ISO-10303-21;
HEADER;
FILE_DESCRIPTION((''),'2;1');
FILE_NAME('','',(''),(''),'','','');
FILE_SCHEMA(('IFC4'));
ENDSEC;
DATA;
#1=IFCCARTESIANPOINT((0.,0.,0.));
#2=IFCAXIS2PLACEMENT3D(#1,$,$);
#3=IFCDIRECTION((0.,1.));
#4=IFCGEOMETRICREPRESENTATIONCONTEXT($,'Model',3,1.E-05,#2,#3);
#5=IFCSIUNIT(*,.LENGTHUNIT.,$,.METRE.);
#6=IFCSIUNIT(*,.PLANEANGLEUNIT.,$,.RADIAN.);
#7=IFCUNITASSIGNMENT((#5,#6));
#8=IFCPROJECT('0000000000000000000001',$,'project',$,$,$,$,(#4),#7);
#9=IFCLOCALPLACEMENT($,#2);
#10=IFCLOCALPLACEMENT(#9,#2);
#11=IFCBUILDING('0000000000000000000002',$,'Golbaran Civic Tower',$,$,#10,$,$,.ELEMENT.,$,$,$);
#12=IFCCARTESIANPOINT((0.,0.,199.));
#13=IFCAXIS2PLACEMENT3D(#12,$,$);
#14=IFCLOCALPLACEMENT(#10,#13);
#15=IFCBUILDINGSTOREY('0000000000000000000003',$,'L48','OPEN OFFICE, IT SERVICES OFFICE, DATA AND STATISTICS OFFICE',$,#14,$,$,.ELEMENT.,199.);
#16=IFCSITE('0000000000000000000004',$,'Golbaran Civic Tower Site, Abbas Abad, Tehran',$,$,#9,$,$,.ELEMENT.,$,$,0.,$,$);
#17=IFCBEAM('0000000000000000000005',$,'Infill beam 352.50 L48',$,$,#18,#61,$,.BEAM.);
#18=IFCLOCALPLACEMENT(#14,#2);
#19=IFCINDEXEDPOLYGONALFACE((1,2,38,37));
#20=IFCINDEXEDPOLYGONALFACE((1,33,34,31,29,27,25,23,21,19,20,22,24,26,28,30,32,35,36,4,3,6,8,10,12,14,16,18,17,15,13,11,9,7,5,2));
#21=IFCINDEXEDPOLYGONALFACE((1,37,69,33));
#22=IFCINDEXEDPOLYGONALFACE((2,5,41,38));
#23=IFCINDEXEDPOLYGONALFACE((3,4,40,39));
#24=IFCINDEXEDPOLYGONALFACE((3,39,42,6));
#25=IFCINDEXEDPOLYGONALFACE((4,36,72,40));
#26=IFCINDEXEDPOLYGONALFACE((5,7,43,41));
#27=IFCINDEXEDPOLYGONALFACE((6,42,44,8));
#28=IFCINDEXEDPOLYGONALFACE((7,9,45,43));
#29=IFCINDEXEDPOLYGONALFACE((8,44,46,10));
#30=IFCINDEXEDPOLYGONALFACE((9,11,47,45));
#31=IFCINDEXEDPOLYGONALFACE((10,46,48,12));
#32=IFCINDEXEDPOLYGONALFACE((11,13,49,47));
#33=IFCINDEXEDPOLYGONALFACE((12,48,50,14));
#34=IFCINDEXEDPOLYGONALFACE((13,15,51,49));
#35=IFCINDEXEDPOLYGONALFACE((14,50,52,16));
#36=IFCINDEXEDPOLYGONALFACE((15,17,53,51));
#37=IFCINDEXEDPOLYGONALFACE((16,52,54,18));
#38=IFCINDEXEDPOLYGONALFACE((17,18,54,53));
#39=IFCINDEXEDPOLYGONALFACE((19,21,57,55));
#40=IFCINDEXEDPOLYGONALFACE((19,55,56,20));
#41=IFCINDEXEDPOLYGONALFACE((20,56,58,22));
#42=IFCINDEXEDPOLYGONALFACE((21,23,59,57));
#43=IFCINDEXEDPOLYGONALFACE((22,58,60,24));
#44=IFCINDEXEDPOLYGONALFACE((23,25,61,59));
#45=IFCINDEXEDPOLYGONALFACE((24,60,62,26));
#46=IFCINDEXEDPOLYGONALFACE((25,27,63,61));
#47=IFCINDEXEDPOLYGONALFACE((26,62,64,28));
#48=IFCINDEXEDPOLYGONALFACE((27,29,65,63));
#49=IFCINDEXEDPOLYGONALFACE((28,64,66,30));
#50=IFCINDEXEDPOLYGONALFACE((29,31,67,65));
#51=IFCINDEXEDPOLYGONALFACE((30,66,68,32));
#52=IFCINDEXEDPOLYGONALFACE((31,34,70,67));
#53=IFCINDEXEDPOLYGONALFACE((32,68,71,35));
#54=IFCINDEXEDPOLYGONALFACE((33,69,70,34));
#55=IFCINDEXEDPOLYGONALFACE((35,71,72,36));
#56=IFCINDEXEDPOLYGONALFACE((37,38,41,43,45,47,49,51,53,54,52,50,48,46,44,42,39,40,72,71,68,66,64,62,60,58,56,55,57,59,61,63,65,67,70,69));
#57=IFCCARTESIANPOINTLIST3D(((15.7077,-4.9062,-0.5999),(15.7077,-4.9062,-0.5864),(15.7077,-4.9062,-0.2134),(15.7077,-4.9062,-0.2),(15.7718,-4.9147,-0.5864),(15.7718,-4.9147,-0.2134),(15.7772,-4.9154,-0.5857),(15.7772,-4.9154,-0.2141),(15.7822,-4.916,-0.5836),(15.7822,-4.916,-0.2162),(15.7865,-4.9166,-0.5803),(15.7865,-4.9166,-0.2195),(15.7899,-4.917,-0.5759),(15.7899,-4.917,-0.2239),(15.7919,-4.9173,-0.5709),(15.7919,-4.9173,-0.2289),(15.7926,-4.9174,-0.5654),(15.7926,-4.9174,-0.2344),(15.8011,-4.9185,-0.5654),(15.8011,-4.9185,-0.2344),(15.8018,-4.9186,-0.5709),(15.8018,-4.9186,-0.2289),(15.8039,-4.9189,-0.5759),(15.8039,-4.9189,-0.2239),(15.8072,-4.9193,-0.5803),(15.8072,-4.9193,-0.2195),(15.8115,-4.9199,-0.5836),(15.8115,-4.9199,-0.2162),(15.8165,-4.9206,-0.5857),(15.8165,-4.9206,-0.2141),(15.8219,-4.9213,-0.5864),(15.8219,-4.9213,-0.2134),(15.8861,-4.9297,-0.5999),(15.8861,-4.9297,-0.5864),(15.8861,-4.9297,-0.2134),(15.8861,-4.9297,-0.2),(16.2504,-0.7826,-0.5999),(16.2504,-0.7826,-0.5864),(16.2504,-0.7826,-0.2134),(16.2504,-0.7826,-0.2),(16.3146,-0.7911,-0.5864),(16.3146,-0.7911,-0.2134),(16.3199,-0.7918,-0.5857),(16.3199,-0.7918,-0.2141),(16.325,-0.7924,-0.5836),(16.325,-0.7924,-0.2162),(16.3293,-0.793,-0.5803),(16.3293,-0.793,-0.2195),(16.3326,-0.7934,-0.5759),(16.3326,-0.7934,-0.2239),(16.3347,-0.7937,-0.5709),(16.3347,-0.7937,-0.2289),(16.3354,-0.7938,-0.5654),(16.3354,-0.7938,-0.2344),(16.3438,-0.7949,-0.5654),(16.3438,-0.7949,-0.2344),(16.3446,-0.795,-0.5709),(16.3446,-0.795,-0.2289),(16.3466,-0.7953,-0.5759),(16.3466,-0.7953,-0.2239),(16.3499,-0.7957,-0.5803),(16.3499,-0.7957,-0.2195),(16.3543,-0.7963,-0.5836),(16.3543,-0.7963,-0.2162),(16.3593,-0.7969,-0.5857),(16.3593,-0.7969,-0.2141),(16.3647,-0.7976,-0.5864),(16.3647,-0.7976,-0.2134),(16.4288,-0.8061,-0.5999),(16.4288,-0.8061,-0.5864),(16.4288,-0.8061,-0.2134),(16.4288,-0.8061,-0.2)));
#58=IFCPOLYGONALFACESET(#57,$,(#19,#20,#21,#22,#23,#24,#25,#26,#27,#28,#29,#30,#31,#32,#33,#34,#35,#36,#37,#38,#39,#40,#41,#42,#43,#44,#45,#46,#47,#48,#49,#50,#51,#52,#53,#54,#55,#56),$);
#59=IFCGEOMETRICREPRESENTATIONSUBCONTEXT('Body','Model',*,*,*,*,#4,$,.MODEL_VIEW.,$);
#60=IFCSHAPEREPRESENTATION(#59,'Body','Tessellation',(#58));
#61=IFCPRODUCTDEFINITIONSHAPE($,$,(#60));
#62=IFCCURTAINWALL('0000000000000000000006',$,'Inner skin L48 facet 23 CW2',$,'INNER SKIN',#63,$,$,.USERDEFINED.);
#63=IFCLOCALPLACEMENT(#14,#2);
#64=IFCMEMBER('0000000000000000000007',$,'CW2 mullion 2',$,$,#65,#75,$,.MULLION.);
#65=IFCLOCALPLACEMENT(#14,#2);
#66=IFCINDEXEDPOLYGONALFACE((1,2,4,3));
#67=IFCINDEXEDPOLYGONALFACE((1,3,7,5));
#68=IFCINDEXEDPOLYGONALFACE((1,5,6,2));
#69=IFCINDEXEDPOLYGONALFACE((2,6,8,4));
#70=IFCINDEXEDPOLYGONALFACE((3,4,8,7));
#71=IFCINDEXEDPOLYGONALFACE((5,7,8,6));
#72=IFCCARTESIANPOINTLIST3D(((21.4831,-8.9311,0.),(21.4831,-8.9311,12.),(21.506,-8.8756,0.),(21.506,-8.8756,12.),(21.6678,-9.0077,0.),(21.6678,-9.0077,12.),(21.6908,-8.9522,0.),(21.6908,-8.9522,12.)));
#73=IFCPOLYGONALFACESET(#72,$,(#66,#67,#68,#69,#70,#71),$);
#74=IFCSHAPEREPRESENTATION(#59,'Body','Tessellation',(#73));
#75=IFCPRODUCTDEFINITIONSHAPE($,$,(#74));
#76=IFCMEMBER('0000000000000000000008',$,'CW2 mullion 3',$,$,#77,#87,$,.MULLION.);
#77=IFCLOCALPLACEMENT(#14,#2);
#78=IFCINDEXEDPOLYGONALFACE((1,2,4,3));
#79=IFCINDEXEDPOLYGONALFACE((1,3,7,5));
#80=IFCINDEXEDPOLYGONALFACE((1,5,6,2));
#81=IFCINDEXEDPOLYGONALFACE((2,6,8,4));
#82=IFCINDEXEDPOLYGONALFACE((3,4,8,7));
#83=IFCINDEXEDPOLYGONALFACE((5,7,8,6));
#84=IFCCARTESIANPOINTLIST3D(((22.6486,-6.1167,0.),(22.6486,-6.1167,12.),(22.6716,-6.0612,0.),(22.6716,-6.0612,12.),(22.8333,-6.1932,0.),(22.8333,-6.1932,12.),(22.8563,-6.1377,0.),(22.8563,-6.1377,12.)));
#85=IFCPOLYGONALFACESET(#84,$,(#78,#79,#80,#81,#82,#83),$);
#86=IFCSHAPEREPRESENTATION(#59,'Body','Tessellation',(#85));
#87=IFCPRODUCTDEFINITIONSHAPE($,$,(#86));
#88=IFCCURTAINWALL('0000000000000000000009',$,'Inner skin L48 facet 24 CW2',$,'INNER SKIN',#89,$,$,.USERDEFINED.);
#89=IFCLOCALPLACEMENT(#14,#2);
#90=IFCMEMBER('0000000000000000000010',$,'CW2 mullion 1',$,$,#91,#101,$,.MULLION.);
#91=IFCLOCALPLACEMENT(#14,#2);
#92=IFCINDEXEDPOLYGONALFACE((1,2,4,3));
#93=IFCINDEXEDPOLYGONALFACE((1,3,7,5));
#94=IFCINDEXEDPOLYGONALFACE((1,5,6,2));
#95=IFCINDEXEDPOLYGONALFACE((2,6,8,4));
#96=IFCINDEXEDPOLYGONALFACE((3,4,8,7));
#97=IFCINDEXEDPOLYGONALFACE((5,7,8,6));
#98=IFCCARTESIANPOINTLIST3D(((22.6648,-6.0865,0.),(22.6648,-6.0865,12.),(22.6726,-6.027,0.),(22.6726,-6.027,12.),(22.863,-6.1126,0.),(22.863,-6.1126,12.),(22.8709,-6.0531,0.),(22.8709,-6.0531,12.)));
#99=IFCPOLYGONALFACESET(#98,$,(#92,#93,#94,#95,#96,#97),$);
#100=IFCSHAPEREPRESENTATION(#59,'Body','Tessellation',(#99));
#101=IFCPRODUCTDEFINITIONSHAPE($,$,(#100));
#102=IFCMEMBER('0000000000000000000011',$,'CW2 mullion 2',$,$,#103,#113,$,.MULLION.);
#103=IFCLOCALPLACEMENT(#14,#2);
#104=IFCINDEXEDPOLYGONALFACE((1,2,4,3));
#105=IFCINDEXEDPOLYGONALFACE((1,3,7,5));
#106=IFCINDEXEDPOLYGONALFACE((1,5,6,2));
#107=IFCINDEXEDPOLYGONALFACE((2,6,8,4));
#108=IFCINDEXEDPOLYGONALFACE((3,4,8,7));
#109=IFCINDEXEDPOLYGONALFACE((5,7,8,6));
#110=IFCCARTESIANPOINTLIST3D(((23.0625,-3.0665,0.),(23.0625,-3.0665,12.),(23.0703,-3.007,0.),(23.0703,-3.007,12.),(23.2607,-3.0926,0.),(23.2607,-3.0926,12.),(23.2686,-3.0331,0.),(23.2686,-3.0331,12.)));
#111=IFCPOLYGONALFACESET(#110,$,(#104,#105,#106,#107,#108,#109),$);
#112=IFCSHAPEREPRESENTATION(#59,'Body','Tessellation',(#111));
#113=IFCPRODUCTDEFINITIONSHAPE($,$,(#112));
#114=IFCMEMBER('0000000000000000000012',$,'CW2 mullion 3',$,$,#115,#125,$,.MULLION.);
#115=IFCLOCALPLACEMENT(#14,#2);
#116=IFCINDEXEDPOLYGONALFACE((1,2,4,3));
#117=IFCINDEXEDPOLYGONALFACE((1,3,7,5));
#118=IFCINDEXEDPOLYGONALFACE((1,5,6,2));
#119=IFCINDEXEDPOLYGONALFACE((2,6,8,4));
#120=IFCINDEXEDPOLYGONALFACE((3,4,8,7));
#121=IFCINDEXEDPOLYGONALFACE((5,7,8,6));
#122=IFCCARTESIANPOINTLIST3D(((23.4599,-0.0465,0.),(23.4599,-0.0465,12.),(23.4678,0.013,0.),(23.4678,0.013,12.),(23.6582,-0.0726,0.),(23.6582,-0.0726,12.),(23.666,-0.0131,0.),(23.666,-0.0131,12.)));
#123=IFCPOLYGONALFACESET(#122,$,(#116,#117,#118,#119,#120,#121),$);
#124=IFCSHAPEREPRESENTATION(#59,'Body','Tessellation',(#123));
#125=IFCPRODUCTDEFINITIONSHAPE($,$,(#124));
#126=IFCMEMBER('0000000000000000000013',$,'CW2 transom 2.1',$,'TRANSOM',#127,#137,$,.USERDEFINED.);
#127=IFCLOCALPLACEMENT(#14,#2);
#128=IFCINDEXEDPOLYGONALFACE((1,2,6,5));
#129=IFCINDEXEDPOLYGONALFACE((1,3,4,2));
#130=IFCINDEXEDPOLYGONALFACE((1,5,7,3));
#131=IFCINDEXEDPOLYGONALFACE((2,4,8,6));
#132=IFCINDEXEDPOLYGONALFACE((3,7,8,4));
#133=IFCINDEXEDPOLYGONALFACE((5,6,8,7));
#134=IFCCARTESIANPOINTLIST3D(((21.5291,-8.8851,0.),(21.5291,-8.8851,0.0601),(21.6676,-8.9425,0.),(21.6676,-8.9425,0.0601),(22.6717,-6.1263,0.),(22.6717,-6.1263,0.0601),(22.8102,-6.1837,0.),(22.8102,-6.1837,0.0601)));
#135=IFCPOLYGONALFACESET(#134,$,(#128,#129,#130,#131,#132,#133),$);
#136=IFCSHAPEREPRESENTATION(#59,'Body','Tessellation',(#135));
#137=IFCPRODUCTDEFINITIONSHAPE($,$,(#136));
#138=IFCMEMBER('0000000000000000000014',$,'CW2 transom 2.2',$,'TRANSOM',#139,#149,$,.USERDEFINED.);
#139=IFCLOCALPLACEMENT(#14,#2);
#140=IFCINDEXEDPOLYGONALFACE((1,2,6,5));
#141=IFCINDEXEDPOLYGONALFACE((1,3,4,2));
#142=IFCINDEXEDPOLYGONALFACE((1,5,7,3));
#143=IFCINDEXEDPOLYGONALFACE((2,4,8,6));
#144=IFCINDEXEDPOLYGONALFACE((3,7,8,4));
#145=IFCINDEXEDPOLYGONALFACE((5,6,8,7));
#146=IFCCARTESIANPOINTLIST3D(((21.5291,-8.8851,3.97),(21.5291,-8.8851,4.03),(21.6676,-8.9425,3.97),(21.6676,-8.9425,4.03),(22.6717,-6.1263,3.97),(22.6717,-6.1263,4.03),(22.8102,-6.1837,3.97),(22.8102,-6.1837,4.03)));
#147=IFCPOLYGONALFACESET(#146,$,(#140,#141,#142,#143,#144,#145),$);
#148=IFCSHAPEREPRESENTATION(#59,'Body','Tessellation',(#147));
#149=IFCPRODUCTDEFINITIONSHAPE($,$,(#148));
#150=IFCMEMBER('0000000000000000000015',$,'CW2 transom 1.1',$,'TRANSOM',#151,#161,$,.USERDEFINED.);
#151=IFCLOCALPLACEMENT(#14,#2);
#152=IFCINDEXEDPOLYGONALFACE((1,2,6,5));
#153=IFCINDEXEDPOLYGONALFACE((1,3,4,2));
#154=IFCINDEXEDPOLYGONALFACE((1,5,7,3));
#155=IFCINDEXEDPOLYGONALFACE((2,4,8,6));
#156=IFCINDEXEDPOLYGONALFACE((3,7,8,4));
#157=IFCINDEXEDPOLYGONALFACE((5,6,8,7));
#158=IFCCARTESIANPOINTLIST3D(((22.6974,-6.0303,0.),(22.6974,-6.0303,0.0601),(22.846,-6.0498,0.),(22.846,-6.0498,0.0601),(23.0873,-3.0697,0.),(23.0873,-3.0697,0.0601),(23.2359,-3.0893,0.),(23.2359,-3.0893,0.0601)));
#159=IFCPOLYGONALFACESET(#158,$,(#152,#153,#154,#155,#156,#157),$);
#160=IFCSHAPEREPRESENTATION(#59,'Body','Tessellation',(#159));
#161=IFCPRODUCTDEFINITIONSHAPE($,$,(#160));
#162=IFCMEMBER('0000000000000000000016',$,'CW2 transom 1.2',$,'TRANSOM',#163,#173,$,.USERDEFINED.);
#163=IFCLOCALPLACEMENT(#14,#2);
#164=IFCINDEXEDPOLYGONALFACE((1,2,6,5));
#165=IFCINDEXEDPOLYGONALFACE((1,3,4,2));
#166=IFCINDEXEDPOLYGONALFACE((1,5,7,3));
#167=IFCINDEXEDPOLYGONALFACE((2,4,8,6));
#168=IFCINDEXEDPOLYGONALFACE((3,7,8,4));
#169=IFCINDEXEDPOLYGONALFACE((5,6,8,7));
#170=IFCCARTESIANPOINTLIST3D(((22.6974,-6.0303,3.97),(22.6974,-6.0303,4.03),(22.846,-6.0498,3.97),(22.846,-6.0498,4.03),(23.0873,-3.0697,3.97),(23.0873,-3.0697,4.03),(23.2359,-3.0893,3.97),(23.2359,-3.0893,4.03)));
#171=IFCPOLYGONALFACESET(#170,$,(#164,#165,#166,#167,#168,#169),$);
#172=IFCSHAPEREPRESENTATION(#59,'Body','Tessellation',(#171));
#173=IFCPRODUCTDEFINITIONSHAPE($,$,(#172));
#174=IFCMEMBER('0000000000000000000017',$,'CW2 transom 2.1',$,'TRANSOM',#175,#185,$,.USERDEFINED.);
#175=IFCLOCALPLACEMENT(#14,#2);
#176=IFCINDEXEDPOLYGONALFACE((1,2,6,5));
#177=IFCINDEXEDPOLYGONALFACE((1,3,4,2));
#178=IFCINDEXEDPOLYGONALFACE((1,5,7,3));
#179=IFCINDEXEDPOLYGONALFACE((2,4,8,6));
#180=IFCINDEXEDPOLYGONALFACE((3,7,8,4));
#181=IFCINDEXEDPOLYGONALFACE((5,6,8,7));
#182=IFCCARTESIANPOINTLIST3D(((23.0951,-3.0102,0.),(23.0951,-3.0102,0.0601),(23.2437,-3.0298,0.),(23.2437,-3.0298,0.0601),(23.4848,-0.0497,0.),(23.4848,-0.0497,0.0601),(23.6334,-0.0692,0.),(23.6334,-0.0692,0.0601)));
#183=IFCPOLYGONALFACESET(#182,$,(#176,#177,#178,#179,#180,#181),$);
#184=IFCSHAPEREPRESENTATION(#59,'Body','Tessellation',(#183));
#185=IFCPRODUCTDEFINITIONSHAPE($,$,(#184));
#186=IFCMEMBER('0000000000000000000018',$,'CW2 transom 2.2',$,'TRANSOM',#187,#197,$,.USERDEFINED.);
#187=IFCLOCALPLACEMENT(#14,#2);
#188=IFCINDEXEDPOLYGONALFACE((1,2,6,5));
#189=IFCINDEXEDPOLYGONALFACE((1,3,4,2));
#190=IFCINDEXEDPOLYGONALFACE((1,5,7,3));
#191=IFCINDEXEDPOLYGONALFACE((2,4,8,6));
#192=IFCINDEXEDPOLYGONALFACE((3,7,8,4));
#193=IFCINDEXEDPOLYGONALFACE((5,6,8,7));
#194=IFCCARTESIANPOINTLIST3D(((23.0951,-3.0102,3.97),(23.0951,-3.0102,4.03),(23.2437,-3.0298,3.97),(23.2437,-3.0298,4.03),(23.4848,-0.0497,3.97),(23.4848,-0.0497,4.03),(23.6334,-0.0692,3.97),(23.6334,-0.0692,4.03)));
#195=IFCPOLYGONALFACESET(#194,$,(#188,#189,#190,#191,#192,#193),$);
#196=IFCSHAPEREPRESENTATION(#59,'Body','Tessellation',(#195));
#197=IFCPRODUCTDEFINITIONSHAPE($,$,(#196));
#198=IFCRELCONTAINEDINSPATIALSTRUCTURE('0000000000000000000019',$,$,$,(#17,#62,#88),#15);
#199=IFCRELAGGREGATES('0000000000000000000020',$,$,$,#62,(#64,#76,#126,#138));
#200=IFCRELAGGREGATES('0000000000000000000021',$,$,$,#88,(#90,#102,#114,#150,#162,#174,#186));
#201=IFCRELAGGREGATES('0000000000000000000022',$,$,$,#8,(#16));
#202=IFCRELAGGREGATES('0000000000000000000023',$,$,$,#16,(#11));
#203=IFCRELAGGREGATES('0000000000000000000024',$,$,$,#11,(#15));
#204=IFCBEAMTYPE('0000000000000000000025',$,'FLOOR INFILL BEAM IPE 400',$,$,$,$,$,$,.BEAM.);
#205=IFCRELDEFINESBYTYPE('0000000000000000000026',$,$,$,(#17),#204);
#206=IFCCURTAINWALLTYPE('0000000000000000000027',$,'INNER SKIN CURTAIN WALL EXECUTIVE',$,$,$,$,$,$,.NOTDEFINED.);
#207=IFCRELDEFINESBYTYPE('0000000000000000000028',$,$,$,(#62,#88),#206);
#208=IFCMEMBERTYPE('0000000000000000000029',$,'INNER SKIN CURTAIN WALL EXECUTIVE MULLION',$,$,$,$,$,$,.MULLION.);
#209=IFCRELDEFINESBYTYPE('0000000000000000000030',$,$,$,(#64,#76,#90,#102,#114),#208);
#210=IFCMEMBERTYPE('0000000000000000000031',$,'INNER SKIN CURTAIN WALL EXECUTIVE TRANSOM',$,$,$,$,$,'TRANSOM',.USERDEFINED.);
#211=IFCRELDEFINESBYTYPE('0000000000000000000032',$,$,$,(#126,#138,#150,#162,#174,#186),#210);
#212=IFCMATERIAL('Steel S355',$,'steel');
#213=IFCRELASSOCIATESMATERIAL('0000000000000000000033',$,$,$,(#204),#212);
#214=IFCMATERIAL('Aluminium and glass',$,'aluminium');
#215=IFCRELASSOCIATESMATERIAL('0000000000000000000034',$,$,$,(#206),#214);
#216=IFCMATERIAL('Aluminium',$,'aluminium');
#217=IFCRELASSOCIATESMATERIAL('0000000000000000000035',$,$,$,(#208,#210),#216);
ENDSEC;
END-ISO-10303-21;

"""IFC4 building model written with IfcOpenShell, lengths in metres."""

from ifc_helpers import new_model, si_unit, direction, frame, origin, origin_2d, place, context, subcontext, project, spatial, rectangle, i_section, extrude, material, material_profile, profile_set, type_object, element, aggregate, save


model = new_model("IFC4")

# Units and contexts
model_context = context("Model", 3, precision=1e-05, world=origin(), true_north=direction((0.0, 1.0)))
body_context = subcontext(model_context, "Body", "Model", "MODEL_VIEW")
ifc_project = project(units=[si_unit("LENGTHUNIT", "METRE"), si_unit("PLANEANGLEUNIT", "RADIAN")], contexts=[model_context])

# Site, building, storey
site_placement = place(None, origin())
site = spatial("IfcSite", under=ifc_project, at=site_placement, Name="Golbaran Civic Tower Site, Abbas Abad, Tehran", CompositionType="ELEMENT", RefElevation=0.0)
building_placement = place(site_placement, origin())
building = spatial("IfcBuilding", under=site, at=building_placement, Name="Golbaran Civic Tower", CompositionType="ELEMENT")
storey_placement = place(building_placement, frame((0.0, 0.0, 199.0)))
storey = spatial("IfcBuildingStorey", under=building, at=storey_placement, Name="L48", Description="OPEN OFFICE, IT SERVICES OFFICE, DATA AND STATISTICS OFFICE", CompositionType="ELEMENT", Elevation=199.0)

# Shared definitions
ifc_material_1 = material(Name="Steel S355", Category="steel")

# Beam
ifc_material_profile_1 = material_profile(ifc_material_1, i_section(OverallWidth=0.1799, OverallDepth=0.3999, WebThickness=0.0085, FlangeThickness=0.0134, FilletRadius=0.021, at=origin_2d()), Name="IPE 400")
ifc_profile_set_1 = profile_set([ifc_material_profile_1], Name="Steel S355")
beam_type_1 = type_object("IfcBeamType", Name="FLOOR INFILL BEAM IPE 400", PredefinedType="BEAM", material=ifc_profile_set_1)
beam_1_placement = place(storey_placement, frame((15.7969, -4.918, -0.3999), z_axis=(0.130491, 0.991449, 0.0), x_axis=(-0.991449, 0.130491, 0.0)))
element("IfcBeam", 1, at=beam_1_placement, inside=storey, type_object=beam_type_1, Name="Infill beam 352.50 L48", PredefinedType="BEAM", context=body_context, shape_type="SweptSolid", body=[
    extrude(i_section(OverallWidth=0.1799, OverallDepth=0.3999, WebThickness=0.0085, FlangeThickness=0.0134, FilletRadius=0.021, at=origin_2d()), origin(), (0.0, 0.0, 1.0), 4.1592),
])

# Curtain walls, members
ifc_material_2 = material(Name="Aluminium and glass", Category="aluminium")
curtain_wall_type_1 = type_object("IfcCurtainWallType", Name="INNER SKIN CURTAIN WALL EXECUTIVE", PredefinedType="NOTDEFINED", material=ifc_material_2)
curtain_wall_1_placement = place(storey_placement, origin())
curtain_wall_1 = element("IfcCurtainWall", 2, at=curtain_wall_1_placement, inside=storey, type_object=curtain_wall_type_1, Name="Inner skin L48 facet 23 CW2", ObjectType="INNER SKIN", PredefinedType="USERDEFINED")
ifc_material_3 = material(Name="Aluminium", Category="aluminium")
ifc_material_profile_2 = material_profile(ifc_material_3, rectangle(XDim=0.2, YDim=0.0601, at=origin_2d()), Name="INNER SKIN CURTAIN WALL EXECUTIVE MULLION")
ifc_profile_set_2 = profile_set([ifc_material_profile_2], Name="Aluminium")
member_type_1 = type_object("IfcMemberType", Name="INNER SKIN CURTAIN WALL EXECUTIVE MULLION", PredefinedType="MULLION", material=ifc_profile_set_2)
member_1_placement = place(storey_placement, frame((21.5869, -8.9417, 0.0), z_axis=(0.0, 0.0, 1.0), x_axis=(-0.92388, 0.382683, 0.0)))
member_1 = element("IfcMember", 3, at=member_1_placement, type_object=member_type_1, Name="CW2 mullion 2", PredefinedType="MULLION", context=body_context, shape_type="SweptSolid", body=[
    extrude(rectangle(XDim=0.2, YDim=0.0601, at=origin_2d()), origin(), (0.0, 0.0, 1.0), 12.0),
])
member_2_placement = place(storey_placement, frame((22.7524, -6.1272, 0.0), z_axis=(0.0, 0.0, 1.0), x_axis=(-0.92388, 0.382683, 0.0)))
member_2 = element("IfcMember", 4, at=member_2_placement, type_object=member_type_1, Name="CW2 mullion 3", PredefinedType="MULLION", context=body_context, shape_type="SweptSolid", body=[
    extrude(rectangle(XDim=0.2, YDim=0.0601, at=origin_2d()), origin(), (0.0, 0.0, 1.0), 12.0),
])
curtain_wall_2_placement = place(storey_placement, origin())
curtain_wall_2 = element("IfcCurtainWall", 5, at=curtain_wall_2_placement, inside=storey, type_object=curtain_wall_type_1, Name="Inner skin L48 facet 24 CW2", ObjectType="INNER SKIN", PredefinedType="USERDEFINED")
member_3_placement = place(storey_placement, frame((22.7678, -6.0698, 0.0), z_axis=(0.0, 0.0, 1.0), x_axis=(-0.991445, 0.130526, 0.0)))
member_3 = element("IfcMember", 6, at=member_3_placement, type_object=member_type_1, Name="CW2 mullion 1", PredefinedType="MULLION", context=body_context, shape_type="SweptSolid", body=[
    extrude(rectangle(XDim=0.2, YDim=0.0601, at=origin_2d()), origin(), (0.0, 0.0, 1.0), 12.0),
])
member_4_placement = place(storey_placement, frame((23.1655, -3.0498, 0.0), z_axis=(0.0, 0.0, 1.0), x_axis=(-0.991445, 0.130526, 0.0)))
member_4 = element("IfcMember", 7, at=member_4_placement, type_object=member_type_1, Name="CW2 mullion 2", PredefinedType="MULLION", context=body_context, shape_type="SweptSolid", body=[
    extrude(rectangle(XDim=0.2, YDim=0.0601, at=origin_2d()), origin(), (0.0, 0.0, 1.0), 12.0),
])
member_5_placement = place(storey_placement, frame((23.563, -0.0298, 0.0), z_axis=(0.0, 0.0, 1.0), x_axis=(-0.991445, 0.130526, 0.0)))
member_5 = element("IfcMember", 8, at=member_5_placement, type_object=member_type_1, Name="CW2 mullion 3", PredefinedType="MULLION", context=body_context, shape_type="SweptSolid", body=[
    extrude(rectangle(XDim=0.2, YDim=0.0601, at=origin_2d()), origin(), (0.0, 0.0, 1.0), 12.0),
])

# Members
ifc_material_profile_3 = material_profile(ifc_material_3, rectangle(XDim=0.1499, YDim=0.0601, at=origin_2d()), Name="INNER SKIN CURTAIN WALL EXECUTIVE TRANSOM")
ifc_profile_set_3 = profile_set([ifc_material_profile_3], Name="Aluminium")
member_type_2 = type_object("IfcMemberType", Name="INNER SKIN CURTAIN WALL EXECUTIVE TRANSOM", ElementType="TRANSOM", PredefinedType="USERDEFINED", material=ifc_profile_set_3)
member_6_placement = place(storey_placement, frame((21.5984, -8.9138, 0.03), z_axis=(0.382641, 0.923897, 0.0), x_axis=(-0.923897, 0.382641, 0.0)))
member_6 = element("IfcMember", 9, at=member_6_placement, type_object=member_type_2, Name="CW2 transom 2.1", ObjectType="TRANSOM", PredefinedType="USERDEFINED", context=body_context, shape_type="SweptSolid", body=[
    extrude(rectangle(XDim=0.1499, YDim=0.0601, at=origin_2d()), origin(), (0.0, 0.0, 1.0), 2.9861),
])
member_7_placement = place(storey_placement, frame((21.5984, -8.9138, 4.0), z_axis=(0.382641, 0.923897, 0.0), x_axis=(-0.923897, 0.382641, 0.0)))
member_7 = element("IfcMember", 10, at=member_7_placement, type_object=member_type_2, Name="CW2 transom 2.2", ObjectType="TRANSOM", PredefinedType="USERDEFINED", context=body_context, shape_type="SweptSolid", body=[
    extrude(rectangle(XDim=0.1499, YDim=0.0601, at=origin_2d()), origin(), (0.0, 0.0, 1.0), 2.9861),
])
member_8_placement = place(storey_placement, frame((22.7717, -6.04, 0.03), z_axis=(0.130573, 0.991439, 0.0), x_axis=(-0.991439, 0.130573, 0.0)))
member_8 = element("IfcMember", 11, at=member_8_placement, type_object=member_type_2, Name="CW2 transom 1.1", ObjectType="TRANSOM", PredefinedType="USERDEFINED", context=body_context, shape_type="SweptSolid", body=[
    extrude(rectangle(XDim=0.1499, YDim=0.0601, at=origin_2d()), origin(), (0.0, 0.0, 1.0), 2.9861),
])
member_9_placement = place(storey_placement, frame((22.7717, -6.04, 4.0), z_axis=(0.130573, 0.991439, 0.0), x_axis=(-0.991439, 0.130573, 0.0)))
member_9 = element("IfcMember", 12, at=member_9_placement, type_object=member_type_2, Name="CW2 transom 1.2", ObjectType="TRANSOM", PredefinedType="USERDEFINED", context=body_context, shape_type="SweptSolid", body=[
    extrude(rectangle(XDim=0.1499, YDim=0.0601, at=origin_2d()), origin(), (0.0, 0.0, 1.0), 2.9861),
])
member_10_placement = place(storey_placement, frame((23.1694, -3.02, 0.03), z_axis=(0.130493, 0.991449, 0.0), x_axis=(-0.991449, 0.130493, 0.0)))
member_10 = element("IfcMember", 13, at=member_10_placement, type_object=member_type_2, Name="CW2 transom 2.1", ObjectType="TRANSOM", PredefinedType="USERDEFINED", context=body_context, shape_type="SweptSolid", body=[
    extrude(rectangle(XDim=0.1499, YDim=0.0601, at=origin_2d()), origin(), (0.0, 0.0, 1.0), 2.9861),
])
member_11_placement = place(storey_placement, frame((23.1694, -3.02, 4.0), z_axis=(0.130493, 0.991449, 0.0), x_axis=(-0.991449, 0.130493, 0.0)))
member_11 = element("IfcMember", 14, at=member_11_placement, type_object=member_type_2, Name="CW2 transom 2.2", ObjectType="TRANSOM", PredefinedType="USERDEFINED", context=body_context, shape_type="SweptSolid", body=[
    extrude(rectangle(XDim=0.1499, YDim=0.0601, at=origin_2d()), origin(), (0.0, 0.0, 1.0), 2.9861),
])

aggregate(curtain_wall_1, [member_1, member_2, member_6, member_7])
aggregate(curtain_wall_2, [member_3, member_4, member_5, member_8, member_9, member_10, member_11])

save(model, "model.ifc")
